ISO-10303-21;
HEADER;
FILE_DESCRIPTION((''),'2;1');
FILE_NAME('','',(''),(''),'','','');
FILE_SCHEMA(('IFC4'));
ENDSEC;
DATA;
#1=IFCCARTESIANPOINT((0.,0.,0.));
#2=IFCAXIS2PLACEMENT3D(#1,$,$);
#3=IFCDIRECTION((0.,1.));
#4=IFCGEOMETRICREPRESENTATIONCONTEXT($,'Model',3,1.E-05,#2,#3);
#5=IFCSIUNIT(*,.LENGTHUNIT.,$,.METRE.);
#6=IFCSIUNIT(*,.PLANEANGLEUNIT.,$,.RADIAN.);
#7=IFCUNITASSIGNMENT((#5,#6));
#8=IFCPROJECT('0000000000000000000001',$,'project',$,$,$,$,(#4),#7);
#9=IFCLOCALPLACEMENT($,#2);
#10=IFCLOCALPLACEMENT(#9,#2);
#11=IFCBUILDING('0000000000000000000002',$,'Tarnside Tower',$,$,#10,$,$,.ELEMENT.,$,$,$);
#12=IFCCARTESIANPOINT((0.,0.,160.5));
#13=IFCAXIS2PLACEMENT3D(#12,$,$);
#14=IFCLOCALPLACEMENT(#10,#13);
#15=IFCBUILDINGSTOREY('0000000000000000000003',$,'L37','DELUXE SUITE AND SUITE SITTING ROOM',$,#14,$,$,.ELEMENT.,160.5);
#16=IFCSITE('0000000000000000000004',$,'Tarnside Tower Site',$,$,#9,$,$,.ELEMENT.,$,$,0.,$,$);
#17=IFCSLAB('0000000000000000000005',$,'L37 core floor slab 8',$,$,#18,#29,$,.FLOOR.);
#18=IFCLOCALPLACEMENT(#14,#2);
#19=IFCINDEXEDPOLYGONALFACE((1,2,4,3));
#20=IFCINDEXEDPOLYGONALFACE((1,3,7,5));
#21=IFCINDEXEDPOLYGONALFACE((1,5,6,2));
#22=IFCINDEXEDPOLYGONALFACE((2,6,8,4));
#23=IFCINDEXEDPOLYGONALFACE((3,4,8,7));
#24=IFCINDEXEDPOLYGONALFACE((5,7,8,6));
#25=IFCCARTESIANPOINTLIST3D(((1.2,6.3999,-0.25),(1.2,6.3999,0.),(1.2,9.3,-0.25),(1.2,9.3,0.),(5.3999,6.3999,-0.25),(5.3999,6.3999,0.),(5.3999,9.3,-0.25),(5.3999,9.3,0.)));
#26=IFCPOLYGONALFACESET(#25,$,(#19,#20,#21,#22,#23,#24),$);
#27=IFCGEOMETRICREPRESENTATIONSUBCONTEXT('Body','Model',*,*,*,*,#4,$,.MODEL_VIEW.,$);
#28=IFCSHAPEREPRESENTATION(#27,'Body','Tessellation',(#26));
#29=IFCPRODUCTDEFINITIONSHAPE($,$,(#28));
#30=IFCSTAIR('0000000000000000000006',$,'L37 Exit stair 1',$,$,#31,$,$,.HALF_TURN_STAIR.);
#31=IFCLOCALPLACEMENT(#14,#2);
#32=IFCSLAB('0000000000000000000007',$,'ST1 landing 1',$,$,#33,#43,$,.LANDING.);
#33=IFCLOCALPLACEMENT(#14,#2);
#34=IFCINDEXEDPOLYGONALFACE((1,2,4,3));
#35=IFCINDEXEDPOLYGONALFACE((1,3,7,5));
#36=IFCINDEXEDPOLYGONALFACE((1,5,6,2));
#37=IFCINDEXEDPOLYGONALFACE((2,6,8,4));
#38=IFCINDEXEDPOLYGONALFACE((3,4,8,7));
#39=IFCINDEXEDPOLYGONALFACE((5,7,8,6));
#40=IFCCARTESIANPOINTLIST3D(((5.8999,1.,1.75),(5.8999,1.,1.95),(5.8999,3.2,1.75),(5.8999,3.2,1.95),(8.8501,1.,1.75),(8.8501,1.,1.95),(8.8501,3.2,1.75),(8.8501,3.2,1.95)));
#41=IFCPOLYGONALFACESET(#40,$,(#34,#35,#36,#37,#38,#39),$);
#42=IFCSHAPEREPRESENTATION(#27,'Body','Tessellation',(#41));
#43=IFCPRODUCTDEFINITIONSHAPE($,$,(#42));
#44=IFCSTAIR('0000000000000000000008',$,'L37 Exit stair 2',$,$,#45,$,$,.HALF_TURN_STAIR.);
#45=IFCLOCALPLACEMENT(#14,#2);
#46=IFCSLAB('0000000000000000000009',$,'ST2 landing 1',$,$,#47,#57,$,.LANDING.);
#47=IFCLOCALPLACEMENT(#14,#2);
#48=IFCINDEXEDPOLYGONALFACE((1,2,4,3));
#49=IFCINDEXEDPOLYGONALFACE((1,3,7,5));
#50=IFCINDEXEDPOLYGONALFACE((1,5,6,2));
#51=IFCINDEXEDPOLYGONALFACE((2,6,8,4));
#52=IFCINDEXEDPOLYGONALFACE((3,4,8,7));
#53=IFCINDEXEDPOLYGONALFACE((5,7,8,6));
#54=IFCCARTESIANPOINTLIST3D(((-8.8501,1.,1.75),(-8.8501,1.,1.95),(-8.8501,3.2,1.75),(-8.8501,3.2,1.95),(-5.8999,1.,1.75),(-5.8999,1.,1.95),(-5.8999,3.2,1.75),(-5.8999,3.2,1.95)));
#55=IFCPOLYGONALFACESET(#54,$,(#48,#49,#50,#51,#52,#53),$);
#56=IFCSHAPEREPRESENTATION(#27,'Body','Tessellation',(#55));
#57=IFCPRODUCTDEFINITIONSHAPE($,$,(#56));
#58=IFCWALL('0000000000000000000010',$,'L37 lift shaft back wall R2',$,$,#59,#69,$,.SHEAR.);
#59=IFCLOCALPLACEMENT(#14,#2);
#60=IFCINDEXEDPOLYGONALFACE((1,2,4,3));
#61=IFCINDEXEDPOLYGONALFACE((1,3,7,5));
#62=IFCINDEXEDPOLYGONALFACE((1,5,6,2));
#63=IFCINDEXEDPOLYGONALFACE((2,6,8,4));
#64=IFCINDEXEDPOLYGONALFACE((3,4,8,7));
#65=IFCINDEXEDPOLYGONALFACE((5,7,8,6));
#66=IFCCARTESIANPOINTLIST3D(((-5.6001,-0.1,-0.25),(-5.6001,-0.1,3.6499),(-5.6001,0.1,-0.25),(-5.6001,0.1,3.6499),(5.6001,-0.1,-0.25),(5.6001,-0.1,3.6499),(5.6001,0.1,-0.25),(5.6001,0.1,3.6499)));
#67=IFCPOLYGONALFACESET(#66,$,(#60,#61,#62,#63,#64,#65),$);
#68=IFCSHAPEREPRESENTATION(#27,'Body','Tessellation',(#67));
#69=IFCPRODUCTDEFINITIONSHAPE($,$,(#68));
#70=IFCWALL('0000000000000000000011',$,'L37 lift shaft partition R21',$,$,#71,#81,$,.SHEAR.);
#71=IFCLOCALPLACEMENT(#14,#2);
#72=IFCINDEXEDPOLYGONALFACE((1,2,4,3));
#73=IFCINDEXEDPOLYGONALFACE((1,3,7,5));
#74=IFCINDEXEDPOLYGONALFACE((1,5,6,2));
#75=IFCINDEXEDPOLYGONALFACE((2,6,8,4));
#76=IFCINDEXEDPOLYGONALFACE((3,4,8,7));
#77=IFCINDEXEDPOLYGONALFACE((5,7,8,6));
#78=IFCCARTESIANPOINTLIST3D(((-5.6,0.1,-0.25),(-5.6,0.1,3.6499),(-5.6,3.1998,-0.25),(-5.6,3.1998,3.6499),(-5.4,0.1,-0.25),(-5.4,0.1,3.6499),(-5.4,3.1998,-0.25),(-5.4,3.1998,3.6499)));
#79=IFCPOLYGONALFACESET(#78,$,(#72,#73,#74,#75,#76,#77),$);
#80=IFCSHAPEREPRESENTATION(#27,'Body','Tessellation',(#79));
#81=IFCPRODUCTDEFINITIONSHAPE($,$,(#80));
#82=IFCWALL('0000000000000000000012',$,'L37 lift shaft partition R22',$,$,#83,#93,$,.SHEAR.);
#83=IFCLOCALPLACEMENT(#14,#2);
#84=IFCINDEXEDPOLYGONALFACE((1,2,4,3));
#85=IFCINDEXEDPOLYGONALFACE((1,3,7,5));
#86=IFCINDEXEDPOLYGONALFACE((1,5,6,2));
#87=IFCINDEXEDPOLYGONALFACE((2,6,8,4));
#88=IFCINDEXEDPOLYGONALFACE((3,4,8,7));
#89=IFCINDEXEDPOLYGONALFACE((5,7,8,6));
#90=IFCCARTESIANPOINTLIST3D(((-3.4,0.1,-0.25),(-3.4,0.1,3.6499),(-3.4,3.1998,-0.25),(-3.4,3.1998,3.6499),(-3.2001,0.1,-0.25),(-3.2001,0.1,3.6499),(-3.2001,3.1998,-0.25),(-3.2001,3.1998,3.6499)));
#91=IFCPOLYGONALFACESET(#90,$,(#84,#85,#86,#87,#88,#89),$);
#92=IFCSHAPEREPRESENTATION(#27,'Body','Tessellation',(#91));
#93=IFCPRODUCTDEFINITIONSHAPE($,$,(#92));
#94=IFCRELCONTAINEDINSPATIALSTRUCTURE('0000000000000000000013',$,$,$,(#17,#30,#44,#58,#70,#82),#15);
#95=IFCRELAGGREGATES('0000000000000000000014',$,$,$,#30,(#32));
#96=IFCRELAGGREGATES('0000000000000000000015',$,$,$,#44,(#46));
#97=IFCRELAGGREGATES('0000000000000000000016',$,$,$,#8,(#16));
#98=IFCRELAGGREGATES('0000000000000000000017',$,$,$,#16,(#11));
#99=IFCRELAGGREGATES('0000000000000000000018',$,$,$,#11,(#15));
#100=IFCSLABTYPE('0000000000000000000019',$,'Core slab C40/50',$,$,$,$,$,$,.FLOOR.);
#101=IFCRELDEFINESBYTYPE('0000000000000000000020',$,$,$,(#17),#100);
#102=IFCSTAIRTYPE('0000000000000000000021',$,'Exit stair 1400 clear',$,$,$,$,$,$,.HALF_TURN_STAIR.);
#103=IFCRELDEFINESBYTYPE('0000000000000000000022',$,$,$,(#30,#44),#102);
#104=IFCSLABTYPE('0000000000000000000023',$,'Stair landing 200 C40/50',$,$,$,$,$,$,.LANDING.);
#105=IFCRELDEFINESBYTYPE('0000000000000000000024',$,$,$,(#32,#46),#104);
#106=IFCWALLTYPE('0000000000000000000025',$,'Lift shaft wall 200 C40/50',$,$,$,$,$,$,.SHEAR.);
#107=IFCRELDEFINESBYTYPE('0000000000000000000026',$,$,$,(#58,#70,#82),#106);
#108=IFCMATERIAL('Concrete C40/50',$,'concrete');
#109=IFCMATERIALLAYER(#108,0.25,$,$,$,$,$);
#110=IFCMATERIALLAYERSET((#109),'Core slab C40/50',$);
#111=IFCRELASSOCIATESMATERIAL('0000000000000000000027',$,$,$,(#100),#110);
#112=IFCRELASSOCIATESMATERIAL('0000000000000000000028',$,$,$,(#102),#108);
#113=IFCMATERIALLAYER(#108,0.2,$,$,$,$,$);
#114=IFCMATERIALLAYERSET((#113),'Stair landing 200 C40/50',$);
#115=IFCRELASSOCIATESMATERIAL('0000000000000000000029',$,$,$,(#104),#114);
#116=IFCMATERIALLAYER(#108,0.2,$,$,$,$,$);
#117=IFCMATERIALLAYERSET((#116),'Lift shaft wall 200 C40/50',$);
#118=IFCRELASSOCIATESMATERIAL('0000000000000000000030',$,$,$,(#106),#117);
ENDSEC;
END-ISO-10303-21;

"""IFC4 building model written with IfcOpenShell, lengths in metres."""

from ifc_helpers import new_model, si_unit, direction, frame, frame_2d, origin, place, context, subcontext, project, spatial, polyline, rectangle, outline, extrude, material, layer, layer_set, type_object, element, aggregate, save


model = new_model("IFC4")

# Units and contexts
model_context = context("Model", 3, precision=1e-05, world=origin(), true_north=direction((0.0, 1.0)))
body_context = subcontext(model_context, "Body", "Model", "MODEL_VIEW")
ifc_project = project(units=[si_unit("LENGTHUNIT", "METRE"), si_unit("PLANEANGLEUNIT", "RADIAN")], contexts=[model_context])

# Site, building, storey
site_placement = place(None, origin())
site = spatial("IfcSite", under=ifc_project, at=site_placement, Name="Tarnside Tower Site", CompositionType="ELEMENT", RefElevation=0.0)
building_placement = place(site_placement, origin())
building = spatial("IfcBuilding", under=site, at=building_placement, Name="Tarnside Tower", CompositionType="ELEMENT")
storey_placement = place(building_placement, frame((0.0, 0.0, 160.5)))
storey = spatial("IfcBuildingStorey", under=building, at=storey_placement, Name="L37", Description="DELUXE SUITE AND SUITE SITTING ROOM", CompositionType="ELEMENT", Elevation=160.5)

# Slab
ifc_material_1 = material(Name="Concrete C40/50", Category="concrete")
ifc_layer_1 = layer(ifc_material_1, 0.25)
ifc_layer_set_1 = layer_set([ifc_layer_1], Name="Core slab C40/50")
slab_type_1 = type_object("IfcSlabType", Name="Core slab C40/50", PredefinedType="FLOOR", material=ifc_layer_set_1)
slab_1_placement = place(storey_placement, frame((0.0, 0.0, -0.25)))
element("IfcSlab", 1, at=slab_1_placement, inside=storey, type_object=slab_type_1, Name="L37 core floor slab 8", PredefinedType="FLOOR", context=body_context, shape_type="SweptSolid", body=[
    extrude(outline(polyline([(5.3999, 9.3), (5.3999, 6.3999), (1.2, 6.3999), (1.2, 9.3), (5.3999, 9.3)])), origin(), (0.0, 0.0, 1.0), 0.25),
])

# Stairs, slabs
stair_type = type_object("IfcStairType", Name="Exit stair 1400 clear", PredefinedType="HALF_TURN_STAIR", material=ifc_material_1)
stair_1_placement = place(storey_placement, origin())
stair_1 = element("IfcStair", 2, at=stair_1_placement, inside=storey, type_object=stair_type, Name="L37 Exit stair 1", PredefinedType="HALF_TURN_STAIR")
ifc_layer_2 = layer(ifc_material_1, 0.2)
ifc_layer_set_2 = layer_set([ifc_layer_2], Name="Stair landing 200 C40/50")
slab_type_2 = type_object("IfcSlabType", Name="Stair landing 200 C40/50", PredefinedType="LANDING", material=ifc_layer_set_2)
slab_2_placement = place(storey_placement, frame((0.0, 0.0, 1.75)))
slab_2 = element("IfcSlab", 3, at=slab_2_placement, type_object=slab_type_2, Name="ST1 landing 1", PredefinedType="LANDING", context=body_context, shape_type="SweptSolid", body=[
    extrude(outline(polyline([(8.8501, 1.0), (8.8501, 3.2), (5.8999, 3.2), (5.8999, 1.0), (8.8501, 1.0)])), origin(), (0.0, 0.0, 1.0), 0.2),
])
aggregate(stair_1, [slab_2])
stair_2_placement = place(storey_placement, origin())
stair_2 = element("IfcStair", 4, at=stair_2_placement, inside=storey, type_object=stair_type, Name="L37 Exit stair 2", PredefinedType="HALF_TURN_STAIR")
slab_3_placement = place(storey_placement, frame((0.0, 0.0, 1.75)))
slab_3 = element("IfcSlab", 5, at=slab_3_placement, type_object=slab_type_2, Name="ST2 landing 1", PredefinedType="LANDING", context=body_context, shape_type="SweptSolid", body=[
    extrude(outline(polyline([(-5.8999, 1.0), (-5.8999, 3.2), (-8.8501, 3.2), (-8.8501, 1.0), (-5.8999, 1.0)])), origin(), (0.0, 0.0, 1.0), 0.2),
])
aggregate(stair_2, [slab_3])

# Walls
ifc_layer_3 = layer(ifc_material_1, 0.2)
ifc_layer_set_3 = layer_set([ifc_layer_3], Name="Lift shaft wall 200 C40/50")
wall_type = type_object("IfcWallType", Name="Lift shaft wall 200 C40/50", PredefinedType="SHEAR", material=ifc_layer_set_3)
wall_placement = place(storey_placement, frame((-5.6001, 0.0, -0.25), z_axis=(0.0, 0.0, 1.0), x_axis=(1.0, 0.0, 0.0)))
element("IfcWall", 6, at=wall_placement, inside=storey, type_object=wall_type, Name="L37 lift shaft back wall R2", PredefinedType="SHEAR", context=body_context, shape_type="SweptSolid", body=[
    extrude(rectangle(XDim=11.2002, YDim=0.2, at=frame_2d((5.6001, 0.0))), origin(), (0.0, 0.0, 1.0), 3.8999),
])
for number, where, z_axis, x_axis, name in (
    (7, (-5.5, 0.1001, -0.25), (0.0, 0.0, 1.0), (0.0, 1.0, 0.0), "L37 lift shaft partition R21"),
    (8, (-3.3, 0.1001, -0.25), (0.0, 0.0, 1.0), (0.0, 1.0, 0.0), "L37 lift shaft partition R22"),
):
    element("IfcWall", number, at=place(storey_placement, frame(where, z_axis=z_axis, x_axis=x_axis)), inside=storey, type_object=wall_type, Name=name, PredefinedType="SHEAR", context=body_context, shape_type="SweptSolid", body=[
        extrude(rectangle(XDim=3.0999, YDim=0.2, at=frame_2d((1.5498, 0.0))), origin(), (0.0, 0.0, 1.0), 3.8999),
    ])

save(model, "model.ifc")
